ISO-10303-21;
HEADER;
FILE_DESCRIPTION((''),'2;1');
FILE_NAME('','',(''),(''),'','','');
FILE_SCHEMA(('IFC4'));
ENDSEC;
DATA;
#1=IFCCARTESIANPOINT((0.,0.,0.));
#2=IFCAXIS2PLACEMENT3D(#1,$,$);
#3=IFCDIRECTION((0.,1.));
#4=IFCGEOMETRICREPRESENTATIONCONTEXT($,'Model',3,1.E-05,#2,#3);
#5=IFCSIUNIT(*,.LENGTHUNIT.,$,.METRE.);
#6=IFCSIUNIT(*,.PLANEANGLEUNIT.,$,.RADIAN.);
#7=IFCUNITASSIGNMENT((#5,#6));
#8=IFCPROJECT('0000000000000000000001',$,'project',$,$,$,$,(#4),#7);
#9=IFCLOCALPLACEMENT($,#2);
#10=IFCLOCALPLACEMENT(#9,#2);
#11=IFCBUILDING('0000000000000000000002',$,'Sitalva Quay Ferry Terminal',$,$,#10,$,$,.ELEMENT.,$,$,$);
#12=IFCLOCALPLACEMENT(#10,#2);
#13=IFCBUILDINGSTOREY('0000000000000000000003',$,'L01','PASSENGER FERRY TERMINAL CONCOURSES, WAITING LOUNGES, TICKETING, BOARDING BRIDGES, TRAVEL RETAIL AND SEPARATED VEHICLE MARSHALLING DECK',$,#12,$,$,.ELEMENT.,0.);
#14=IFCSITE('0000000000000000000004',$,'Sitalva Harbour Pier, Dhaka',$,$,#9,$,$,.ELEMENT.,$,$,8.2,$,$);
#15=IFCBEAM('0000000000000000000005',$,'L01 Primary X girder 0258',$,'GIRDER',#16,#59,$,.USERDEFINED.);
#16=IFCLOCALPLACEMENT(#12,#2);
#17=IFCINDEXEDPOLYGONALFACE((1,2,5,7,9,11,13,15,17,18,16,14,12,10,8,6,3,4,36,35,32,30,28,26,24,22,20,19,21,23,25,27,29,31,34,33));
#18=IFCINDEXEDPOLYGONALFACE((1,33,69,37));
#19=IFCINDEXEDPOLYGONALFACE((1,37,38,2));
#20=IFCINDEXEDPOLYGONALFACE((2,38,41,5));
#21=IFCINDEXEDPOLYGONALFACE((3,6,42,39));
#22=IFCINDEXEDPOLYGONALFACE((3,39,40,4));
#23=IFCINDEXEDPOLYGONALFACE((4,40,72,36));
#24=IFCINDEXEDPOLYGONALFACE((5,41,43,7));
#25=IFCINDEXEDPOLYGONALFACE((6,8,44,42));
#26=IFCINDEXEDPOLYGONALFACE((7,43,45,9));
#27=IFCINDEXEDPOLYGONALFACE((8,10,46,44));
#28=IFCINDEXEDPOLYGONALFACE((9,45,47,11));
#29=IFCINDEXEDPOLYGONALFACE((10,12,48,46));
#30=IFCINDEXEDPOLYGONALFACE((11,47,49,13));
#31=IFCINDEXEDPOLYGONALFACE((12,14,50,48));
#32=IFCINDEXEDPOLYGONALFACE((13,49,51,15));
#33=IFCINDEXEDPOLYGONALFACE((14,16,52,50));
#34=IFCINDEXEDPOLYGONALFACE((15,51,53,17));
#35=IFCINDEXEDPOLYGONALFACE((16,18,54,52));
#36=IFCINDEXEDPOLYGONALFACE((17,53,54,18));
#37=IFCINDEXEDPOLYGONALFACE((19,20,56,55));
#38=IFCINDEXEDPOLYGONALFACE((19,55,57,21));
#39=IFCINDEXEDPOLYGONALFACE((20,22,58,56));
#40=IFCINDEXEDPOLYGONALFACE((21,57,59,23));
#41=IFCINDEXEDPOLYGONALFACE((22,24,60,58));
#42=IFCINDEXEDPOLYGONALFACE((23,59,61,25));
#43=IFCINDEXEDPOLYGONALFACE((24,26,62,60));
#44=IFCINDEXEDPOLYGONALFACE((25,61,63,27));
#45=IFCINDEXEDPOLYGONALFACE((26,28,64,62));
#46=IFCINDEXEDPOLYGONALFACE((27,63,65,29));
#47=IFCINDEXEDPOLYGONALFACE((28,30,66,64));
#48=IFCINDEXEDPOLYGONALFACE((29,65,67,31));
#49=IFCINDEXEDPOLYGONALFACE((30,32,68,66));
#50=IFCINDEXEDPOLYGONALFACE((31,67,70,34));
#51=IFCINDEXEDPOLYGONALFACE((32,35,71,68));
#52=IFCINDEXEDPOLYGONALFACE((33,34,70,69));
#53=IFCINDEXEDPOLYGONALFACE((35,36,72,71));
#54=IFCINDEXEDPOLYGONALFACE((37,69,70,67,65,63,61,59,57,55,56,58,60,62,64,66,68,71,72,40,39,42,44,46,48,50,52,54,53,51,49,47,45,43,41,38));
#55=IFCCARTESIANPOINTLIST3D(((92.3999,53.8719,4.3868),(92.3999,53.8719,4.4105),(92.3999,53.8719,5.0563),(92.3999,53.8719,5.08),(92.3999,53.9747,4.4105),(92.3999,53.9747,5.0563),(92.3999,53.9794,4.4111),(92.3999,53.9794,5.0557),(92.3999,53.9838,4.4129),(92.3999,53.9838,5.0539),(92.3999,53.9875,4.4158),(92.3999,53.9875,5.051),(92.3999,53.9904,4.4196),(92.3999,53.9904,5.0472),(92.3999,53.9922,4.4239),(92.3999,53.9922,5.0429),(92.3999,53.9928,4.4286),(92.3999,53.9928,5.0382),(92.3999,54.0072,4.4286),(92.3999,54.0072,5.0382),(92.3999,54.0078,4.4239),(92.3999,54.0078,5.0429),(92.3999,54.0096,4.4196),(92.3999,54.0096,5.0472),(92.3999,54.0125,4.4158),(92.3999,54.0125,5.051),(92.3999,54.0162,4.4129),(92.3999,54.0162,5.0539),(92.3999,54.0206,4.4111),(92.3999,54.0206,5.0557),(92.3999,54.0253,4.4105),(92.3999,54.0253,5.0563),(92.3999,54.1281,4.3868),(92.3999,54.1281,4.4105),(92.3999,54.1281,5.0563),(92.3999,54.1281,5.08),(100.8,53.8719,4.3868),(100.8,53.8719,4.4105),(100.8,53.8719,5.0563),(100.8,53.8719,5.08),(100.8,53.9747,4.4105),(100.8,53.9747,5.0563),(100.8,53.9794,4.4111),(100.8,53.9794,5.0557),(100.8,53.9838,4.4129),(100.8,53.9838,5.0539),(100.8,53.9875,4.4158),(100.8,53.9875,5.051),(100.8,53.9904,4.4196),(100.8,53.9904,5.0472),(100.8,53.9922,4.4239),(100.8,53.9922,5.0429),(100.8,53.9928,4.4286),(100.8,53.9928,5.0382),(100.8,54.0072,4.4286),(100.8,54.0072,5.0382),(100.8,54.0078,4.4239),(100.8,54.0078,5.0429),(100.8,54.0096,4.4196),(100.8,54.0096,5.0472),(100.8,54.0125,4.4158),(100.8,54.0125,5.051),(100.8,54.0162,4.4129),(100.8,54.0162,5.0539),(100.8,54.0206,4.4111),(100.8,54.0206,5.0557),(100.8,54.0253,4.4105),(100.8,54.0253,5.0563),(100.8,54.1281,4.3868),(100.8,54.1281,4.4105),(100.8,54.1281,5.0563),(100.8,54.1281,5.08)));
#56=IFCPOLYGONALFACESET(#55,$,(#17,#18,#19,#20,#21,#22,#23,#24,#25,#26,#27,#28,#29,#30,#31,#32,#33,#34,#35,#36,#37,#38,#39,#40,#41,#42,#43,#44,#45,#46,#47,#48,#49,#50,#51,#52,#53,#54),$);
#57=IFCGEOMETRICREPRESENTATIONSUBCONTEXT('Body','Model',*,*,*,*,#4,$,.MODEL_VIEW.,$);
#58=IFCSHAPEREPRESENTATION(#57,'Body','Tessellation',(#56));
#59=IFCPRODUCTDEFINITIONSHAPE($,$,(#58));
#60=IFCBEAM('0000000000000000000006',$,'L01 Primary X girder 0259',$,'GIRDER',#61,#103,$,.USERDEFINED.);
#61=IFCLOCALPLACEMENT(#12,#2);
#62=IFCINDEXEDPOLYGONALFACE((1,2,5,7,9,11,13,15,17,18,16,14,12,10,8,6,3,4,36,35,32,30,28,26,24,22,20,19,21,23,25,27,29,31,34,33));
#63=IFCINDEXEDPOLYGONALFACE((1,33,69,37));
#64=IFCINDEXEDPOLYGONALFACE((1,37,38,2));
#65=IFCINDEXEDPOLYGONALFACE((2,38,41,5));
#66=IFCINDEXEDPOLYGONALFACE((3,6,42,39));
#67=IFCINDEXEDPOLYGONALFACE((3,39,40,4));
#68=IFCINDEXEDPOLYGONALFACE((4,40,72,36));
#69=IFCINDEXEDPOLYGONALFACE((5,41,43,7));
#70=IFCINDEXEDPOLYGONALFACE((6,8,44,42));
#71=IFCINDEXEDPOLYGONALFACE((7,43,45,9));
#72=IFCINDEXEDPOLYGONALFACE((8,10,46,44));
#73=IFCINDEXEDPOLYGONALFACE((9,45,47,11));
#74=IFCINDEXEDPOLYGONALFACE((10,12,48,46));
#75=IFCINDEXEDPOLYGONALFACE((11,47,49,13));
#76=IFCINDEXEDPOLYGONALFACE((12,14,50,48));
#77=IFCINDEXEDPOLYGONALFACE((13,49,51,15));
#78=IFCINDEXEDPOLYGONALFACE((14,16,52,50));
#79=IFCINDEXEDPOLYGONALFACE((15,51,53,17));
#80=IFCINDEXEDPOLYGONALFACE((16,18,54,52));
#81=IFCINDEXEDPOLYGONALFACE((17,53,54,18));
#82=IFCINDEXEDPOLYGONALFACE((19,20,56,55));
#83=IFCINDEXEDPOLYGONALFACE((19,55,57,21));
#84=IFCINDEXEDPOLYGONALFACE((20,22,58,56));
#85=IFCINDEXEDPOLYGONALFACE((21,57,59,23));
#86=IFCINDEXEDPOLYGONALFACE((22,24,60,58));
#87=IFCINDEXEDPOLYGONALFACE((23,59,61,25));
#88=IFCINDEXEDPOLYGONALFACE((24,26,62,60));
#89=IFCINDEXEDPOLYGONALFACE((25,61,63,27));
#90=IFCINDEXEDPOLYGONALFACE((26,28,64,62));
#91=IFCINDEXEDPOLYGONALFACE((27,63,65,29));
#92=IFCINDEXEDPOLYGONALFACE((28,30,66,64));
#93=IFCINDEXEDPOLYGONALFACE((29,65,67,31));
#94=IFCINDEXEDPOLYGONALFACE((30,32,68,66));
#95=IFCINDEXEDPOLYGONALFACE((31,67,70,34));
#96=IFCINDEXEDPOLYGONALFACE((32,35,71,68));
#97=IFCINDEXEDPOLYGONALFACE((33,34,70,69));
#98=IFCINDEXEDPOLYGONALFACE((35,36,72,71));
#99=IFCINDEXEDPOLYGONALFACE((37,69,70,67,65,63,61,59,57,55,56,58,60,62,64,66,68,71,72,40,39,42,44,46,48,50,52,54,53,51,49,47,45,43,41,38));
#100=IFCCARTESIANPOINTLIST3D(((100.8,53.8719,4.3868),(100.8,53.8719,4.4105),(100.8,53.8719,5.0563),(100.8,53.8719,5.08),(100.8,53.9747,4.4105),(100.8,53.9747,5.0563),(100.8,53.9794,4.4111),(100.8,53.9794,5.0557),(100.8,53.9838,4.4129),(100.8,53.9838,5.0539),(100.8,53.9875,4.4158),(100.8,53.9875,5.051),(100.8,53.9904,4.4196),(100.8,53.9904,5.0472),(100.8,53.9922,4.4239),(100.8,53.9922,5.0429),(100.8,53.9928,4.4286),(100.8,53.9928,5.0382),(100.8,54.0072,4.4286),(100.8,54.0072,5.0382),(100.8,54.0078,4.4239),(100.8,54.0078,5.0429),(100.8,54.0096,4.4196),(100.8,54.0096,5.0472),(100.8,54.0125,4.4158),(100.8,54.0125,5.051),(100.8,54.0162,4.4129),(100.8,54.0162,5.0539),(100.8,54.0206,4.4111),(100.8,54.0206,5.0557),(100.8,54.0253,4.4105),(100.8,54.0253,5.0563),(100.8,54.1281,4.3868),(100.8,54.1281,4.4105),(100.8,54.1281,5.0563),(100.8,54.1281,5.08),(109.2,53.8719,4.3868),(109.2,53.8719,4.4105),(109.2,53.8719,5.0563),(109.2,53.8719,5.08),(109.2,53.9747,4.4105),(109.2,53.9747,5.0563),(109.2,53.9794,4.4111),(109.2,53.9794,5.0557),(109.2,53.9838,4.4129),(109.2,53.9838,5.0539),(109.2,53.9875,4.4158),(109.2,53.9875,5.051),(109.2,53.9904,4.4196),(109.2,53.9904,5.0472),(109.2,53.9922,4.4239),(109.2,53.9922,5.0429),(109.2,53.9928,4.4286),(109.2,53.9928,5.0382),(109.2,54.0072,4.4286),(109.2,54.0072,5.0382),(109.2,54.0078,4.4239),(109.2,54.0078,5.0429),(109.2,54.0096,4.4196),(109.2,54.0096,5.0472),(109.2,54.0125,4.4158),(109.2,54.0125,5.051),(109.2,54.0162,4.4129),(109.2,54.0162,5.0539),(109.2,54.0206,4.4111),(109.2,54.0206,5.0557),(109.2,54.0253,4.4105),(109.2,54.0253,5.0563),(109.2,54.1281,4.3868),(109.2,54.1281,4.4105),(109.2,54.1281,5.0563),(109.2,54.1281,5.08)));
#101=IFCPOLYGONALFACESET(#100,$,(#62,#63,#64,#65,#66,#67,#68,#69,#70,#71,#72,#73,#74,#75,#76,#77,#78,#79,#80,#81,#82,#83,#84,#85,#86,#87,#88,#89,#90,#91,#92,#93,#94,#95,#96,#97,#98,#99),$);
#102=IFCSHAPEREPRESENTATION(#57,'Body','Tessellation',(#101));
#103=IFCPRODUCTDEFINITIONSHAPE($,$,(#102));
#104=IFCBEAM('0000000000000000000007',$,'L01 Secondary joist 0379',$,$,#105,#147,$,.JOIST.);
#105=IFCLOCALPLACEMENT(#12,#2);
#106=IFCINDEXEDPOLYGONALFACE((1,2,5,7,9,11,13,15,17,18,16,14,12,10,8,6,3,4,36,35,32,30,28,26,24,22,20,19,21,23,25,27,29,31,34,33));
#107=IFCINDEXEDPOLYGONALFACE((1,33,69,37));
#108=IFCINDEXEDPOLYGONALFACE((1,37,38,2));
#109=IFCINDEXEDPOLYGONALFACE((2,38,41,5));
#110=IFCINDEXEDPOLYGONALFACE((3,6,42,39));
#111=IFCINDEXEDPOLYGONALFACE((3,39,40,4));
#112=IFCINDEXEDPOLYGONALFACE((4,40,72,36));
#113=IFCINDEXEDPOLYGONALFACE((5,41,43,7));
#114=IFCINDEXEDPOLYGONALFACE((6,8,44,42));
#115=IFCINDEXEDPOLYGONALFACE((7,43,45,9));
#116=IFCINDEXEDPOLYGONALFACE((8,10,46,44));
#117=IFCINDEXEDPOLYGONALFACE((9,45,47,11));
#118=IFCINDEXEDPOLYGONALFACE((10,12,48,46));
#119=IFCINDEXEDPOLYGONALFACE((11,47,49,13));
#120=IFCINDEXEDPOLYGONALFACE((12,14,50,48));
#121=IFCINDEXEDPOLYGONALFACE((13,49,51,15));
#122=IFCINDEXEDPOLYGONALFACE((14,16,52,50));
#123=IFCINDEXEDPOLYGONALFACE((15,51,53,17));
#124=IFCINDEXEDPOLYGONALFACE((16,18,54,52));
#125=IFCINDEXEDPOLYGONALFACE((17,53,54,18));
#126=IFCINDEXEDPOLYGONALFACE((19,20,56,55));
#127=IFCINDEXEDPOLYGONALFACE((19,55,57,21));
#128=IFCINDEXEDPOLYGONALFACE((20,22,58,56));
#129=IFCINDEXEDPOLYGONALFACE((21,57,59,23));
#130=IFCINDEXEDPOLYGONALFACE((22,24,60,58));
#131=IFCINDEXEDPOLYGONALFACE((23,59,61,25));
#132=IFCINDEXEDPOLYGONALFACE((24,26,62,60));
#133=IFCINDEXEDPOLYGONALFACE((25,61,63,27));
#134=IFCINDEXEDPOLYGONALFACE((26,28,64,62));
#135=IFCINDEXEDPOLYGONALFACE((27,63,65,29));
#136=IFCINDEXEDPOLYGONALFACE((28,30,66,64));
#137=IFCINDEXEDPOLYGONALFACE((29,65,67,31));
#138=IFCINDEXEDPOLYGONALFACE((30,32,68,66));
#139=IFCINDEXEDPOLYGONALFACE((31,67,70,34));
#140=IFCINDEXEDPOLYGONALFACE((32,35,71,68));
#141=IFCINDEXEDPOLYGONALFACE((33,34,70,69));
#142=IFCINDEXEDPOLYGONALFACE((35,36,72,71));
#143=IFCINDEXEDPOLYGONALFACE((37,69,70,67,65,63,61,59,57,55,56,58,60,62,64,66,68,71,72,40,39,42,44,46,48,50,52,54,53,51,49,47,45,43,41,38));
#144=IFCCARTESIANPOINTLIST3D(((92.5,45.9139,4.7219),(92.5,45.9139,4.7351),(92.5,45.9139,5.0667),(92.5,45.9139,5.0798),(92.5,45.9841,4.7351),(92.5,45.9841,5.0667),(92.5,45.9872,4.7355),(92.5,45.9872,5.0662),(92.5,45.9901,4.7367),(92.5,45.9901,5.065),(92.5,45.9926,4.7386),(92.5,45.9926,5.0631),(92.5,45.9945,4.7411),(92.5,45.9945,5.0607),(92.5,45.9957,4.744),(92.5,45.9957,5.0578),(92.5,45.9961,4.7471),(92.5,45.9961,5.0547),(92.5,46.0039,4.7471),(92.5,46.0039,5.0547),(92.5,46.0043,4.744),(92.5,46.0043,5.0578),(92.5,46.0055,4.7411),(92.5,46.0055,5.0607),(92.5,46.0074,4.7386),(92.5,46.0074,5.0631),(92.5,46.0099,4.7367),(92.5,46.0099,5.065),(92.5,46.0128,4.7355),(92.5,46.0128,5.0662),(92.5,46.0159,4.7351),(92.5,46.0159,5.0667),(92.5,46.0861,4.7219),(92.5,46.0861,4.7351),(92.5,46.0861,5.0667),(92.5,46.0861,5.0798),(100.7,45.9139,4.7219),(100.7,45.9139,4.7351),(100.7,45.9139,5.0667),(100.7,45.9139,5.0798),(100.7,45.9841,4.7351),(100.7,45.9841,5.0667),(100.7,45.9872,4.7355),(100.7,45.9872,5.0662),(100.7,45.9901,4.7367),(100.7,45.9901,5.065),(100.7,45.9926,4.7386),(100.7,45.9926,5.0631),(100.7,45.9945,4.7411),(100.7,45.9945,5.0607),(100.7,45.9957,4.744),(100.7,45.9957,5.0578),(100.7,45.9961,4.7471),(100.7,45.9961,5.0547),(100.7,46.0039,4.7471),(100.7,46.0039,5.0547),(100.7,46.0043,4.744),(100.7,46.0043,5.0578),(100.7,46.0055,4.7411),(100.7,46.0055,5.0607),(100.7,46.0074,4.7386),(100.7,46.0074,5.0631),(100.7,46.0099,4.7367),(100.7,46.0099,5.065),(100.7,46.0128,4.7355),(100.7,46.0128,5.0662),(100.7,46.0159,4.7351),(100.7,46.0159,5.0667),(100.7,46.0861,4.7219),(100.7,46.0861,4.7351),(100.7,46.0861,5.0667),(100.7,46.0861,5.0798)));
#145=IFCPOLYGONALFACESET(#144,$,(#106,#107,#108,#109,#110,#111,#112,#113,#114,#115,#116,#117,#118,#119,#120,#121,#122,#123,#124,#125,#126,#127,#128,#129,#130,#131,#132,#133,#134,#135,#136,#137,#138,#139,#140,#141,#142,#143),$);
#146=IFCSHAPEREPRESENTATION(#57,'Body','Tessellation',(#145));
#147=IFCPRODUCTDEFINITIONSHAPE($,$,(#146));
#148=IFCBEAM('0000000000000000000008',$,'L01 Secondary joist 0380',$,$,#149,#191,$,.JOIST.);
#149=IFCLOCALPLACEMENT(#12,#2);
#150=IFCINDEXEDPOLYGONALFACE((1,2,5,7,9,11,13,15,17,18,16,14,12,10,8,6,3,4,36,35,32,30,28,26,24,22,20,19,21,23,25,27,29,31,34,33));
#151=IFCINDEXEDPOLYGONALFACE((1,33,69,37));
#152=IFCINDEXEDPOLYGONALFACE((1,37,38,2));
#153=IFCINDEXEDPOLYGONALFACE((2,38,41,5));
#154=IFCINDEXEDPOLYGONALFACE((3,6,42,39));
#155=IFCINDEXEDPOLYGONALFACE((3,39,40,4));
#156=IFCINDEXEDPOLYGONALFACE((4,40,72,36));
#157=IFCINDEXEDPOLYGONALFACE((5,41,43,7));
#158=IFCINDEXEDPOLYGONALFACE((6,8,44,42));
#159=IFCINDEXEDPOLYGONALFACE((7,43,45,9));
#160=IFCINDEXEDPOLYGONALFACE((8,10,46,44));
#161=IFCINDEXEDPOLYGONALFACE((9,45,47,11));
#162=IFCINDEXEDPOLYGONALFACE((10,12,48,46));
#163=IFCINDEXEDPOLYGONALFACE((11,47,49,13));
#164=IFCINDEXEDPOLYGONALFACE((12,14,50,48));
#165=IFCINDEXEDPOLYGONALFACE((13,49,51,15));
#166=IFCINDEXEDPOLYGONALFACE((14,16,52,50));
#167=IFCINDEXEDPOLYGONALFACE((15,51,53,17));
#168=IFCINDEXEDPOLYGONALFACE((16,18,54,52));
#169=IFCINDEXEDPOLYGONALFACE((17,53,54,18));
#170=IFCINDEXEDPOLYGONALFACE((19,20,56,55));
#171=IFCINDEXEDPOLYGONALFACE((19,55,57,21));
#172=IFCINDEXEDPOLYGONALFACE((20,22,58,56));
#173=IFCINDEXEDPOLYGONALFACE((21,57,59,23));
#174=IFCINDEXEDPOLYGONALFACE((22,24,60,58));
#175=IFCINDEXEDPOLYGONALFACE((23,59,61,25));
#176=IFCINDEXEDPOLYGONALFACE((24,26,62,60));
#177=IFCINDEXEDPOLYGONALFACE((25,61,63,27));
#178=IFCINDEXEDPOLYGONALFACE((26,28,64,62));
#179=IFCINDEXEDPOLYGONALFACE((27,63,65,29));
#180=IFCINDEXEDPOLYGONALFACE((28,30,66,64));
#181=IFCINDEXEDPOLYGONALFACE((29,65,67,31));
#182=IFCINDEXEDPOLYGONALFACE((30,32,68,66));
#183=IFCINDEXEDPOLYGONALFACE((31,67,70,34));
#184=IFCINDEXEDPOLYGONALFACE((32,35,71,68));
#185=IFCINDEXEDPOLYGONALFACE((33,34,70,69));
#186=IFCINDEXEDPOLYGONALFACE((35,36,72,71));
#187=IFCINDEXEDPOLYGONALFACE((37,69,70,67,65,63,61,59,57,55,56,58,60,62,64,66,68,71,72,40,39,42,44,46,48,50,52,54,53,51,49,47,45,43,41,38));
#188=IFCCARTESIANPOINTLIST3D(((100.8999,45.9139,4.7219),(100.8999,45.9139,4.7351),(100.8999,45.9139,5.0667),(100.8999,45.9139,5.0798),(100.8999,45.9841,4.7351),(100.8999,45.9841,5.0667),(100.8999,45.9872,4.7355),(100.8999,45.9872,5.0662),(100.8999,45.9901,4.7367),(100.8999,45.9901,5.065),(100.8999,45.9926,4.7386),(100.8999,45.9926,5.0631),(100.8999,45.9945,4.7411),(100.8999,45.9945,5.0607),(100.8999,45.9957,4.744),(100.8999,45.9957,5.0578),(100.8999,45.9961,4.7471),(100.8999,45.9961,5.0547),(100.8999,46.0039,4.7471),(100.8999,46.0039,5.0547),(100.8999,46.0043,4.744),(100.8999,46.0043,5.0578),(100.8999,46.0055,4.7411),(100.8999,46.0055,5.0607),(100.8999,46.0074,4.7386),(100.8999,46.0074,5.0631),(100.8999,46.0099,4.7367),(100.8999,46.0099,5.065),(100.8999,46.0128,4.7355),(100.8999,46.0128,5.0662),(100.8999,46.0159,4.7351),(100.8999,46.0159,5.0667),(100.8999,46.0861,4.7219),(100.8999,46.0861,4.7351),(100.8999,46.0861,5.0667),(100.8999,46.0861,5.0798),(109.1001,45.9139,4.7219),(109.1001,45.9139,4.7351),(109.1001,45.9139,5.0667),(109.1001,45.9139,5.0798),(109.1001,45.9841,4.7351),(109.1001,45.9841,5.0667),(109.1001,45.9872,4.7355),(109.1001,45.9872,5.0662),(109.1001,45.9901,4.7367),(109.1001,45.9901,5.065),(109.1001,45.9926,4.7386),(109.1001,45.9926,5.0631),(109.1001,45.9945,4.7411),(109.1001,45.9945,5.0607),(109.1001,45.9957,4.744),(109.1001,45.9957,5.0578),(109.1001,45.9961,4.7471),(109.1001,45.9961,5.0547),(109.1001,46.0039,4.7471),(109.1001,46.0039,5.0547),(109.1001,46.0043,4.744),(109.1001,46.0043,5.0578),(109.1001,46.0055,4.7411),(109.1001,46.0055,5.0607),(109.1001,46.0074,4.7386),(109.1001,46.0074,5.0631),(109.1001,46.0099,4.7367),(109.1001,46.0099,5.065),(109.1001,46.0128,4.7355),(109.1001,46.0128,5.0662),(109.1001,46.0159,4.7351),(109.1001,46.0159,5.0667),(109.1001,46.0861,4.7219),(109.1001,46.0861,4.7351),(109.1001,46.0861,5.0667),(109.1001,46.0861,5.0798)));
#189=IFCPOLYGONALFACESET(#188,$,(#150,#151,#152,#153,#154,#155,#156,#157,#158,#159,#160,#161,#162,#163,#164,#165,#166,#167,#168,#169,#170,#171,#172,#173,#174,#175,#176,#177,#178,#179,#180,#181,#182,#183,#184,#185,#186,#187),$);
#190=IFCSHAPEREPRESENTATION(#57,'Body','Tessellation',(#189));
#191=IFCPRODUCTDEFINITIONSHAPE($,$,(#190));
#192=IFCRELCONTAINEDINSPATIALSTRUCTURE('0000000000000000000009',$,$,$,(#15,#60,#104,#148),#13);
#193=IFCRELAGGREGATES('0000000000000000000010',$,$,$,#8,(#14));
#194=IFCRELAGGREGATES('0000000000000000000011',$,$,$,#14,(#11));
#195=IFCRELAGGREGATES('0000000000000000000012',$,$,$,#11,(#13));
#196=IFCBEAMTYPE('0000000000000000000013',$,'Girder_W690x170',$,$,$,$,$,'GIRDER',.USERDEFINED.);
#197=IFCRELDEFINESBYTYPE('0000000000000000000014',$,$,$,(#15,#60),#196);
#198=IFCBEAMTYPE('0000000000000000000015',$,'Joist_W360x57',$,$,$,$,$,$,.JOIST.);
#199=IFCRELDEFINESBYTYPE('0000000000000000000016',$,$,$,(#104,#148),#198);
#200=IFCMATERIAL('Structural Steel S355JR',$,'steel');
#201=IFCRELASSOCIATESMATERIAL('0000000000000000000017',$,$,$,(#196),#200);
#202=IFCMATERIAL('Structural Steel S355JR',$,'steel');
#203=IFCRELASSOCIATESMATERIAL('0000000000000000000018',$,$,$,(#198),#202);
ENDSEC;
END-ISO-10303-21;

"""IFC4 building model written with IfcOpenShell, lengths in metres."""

from ifc_helpers import new_model, si_unit, direction, frame, origin, origin_2d, place, context, subcontext, project, spatial, i_section, extrude, material, material_profile, profile_set, type_object, element, save


model = new_model("IFC4")

# Units and contexts
model_context = context("Model", 3, precision=1e-05, world=origin(), true_north=direction((0.0, 1.0)))
body_context = subcontext(model_context, "Body", "Model", "MODEL_VIEW")
ifc_project = project(units=[si_unit("LENGTHUNIT", "METRE"), si_unit("PLANEANGLEUNIT", "RADIAN")], contexts=[model_context])

# Site, building, storey
site_placement = place(None, origin())
site = spatial("IfcSite", under=ifc_project, at=site_placement, Name="Sitalva Harbour Pier, Dhaka", CompositionType="ELEMENT", RefElevation=8.2)
building_placement = place(site_placement, origin())
building = spatial("IfcBuilding", under=site, at=building_placement, Name="Sitalva Quay Ferry Terminal", CompositionType="ELEMENT")
storey_placement = place(building_placement, origin())
storey = spatial("IfcBuildingStorey", under=building, at=storey_placement, Name="L01", Description="PASSENGER FERRY TERMINAL CONCOURSES, WAITING LOUNGES, TICKETING, BOARDING BRIDGES, TRAVEL RETAIL AND SEPARATED VEHICLE MARSHALLING DECK", CompositionType="ELEMENT", Elevation=0.0)

# Beams
ifc_material_1 = material(Name="Structural Steel S355JR", Category="steel")
ifc_material_profile_1 = material_profile(ifc_material_1, i_section(OverallWidth=0.2561, OverallDepth=0.6931, WebThickness=0.0144, FlangeThickness=0.0237, FilletRadius=0.0181, at=origin_2d()), Name="W690x170")
ifc_profile_set_1 = profile_set([ifc_material_profile_1], Name="Structural Steel S355JR")
beam_type_1 = type_object("IfcBeamType", Name="Girder_W690x170", ElementType="GIRDER", PredefinedType="USERDEFINED", material=ifc_profile_set_1)
beam_1_placement = place(storey_placement, frame((92.3999, 54.0, 4.7334), z_axis=(1.0, 0.0, 0.0), x_axis=(0.0, 1.0, 0.0)))
element("IfcBeam", 1, at=beam_1_placement, inside=storey, type_object=beam_type_1, Name="L01 Primary X girder 0258", ObjectType="GIRDER", PredefinedType="USERDEFINED", context=body_context, shape_type="SweptSolid", body=[
    extrude(i_section(OverallWidth=0.2561, OverallDepth=0.6931, WebThickness=0.0144, FlangeThickness=0.0237, FilletRadius=0.0181, at=origin_2d()), origin(), (0.0, 0.0, 1.0), 8.4001),
])
beam_2_placement = place(storey_placement, frame((100.8, 54.0, 4.7334), z_axis=(1.0, 0.0, 0.0), x_axis=(0.0, 1.0, 0.0)))
element("IfcBeam", 2, at=beam_2_placement, inside=storey, type_object=beam_type_1, Name="L01 Primary X girder 0259", ObjectType="GIRDER", PredefinedType="USERDEFINED", context=body_context, shape_type="SweptSolid", body=[
    extrude(i_section(OverallWidth=0.2561, OverallDepth=0.6931, WebThickness=0.0144, FlangeThickness=0.0237, FilletRadius=0.0181, at=origin_2d()), origin(), (0.0, 0.0, 1.0), 8.3999),
])
ifc_material_2 = material(Name="Structural Steel S355JR", Category="steel")
ifc_material_profile_2 = material_profile(ifc_material_2, i_section(OverallWidth=0.1721, OverallDepth=0.3579, WebThickness=0.0078, FlangeThickness=0.0132, FilletRadius=0.012, at=origin_2d()), Name="W360x57")
ifc_profile_set_2 = profile_set([ifc_material_profile_2], Name="Structural Steel S355JR")
beam_type_2 = type_object("IfcBeamType", Name="Joist_W360x57", PredefinedType="JOIST", material=ifc_profile_set_2)
beam_3_placement = place(storey_placement, frame((92.5, 46.0, 4.9009), z_axis=(1.0, 0.0, 0.0), x_axis=(0.0, 1.0, 0.0)))
element("IfcBeam", 3, at=beam_3_placement, inside=storey, type_object=beam_type_2, Name="L01 Secondary joist 0379", PredefinedType="JOIST", context=body_context, shape_type="SweptSolid", body=[
    extrude(i_section(OverallWidth=0.1721, OverallDepth=0.3579, WebThickness=0.0078, FlangeThickness=0.0132, FilletRadius=0.012, at=origin_2d()), origin(), (0.0, 0.0, 1.0), 8.2),
])
beam_4_placement = place(storey_placement, frame((100.8999, 46.0, 4.9009), z_axis=(1.0, 0.0, 0.0), x_axis=(0.0, 1.0, 0.0)))
element("IfcBeam", 4, at=beam_4_placement, inside=storey, type_object=beam_type_2, Name="L01 Secondary joist 0380", PredefinedType="JOIST", context=body_context, shape_type="SweptSolid", body=[
    extrude(i_section(OverallWidth=0.1721, OverallDepth=0.3579, WebThickness=0.0078, FlangeThickness=0.0132, FilletRadius=0.012, at=origin_2d()), origin(), (0.0, 0.0, 1.0), 8.2002),
])

save(model, "model.ifc")
